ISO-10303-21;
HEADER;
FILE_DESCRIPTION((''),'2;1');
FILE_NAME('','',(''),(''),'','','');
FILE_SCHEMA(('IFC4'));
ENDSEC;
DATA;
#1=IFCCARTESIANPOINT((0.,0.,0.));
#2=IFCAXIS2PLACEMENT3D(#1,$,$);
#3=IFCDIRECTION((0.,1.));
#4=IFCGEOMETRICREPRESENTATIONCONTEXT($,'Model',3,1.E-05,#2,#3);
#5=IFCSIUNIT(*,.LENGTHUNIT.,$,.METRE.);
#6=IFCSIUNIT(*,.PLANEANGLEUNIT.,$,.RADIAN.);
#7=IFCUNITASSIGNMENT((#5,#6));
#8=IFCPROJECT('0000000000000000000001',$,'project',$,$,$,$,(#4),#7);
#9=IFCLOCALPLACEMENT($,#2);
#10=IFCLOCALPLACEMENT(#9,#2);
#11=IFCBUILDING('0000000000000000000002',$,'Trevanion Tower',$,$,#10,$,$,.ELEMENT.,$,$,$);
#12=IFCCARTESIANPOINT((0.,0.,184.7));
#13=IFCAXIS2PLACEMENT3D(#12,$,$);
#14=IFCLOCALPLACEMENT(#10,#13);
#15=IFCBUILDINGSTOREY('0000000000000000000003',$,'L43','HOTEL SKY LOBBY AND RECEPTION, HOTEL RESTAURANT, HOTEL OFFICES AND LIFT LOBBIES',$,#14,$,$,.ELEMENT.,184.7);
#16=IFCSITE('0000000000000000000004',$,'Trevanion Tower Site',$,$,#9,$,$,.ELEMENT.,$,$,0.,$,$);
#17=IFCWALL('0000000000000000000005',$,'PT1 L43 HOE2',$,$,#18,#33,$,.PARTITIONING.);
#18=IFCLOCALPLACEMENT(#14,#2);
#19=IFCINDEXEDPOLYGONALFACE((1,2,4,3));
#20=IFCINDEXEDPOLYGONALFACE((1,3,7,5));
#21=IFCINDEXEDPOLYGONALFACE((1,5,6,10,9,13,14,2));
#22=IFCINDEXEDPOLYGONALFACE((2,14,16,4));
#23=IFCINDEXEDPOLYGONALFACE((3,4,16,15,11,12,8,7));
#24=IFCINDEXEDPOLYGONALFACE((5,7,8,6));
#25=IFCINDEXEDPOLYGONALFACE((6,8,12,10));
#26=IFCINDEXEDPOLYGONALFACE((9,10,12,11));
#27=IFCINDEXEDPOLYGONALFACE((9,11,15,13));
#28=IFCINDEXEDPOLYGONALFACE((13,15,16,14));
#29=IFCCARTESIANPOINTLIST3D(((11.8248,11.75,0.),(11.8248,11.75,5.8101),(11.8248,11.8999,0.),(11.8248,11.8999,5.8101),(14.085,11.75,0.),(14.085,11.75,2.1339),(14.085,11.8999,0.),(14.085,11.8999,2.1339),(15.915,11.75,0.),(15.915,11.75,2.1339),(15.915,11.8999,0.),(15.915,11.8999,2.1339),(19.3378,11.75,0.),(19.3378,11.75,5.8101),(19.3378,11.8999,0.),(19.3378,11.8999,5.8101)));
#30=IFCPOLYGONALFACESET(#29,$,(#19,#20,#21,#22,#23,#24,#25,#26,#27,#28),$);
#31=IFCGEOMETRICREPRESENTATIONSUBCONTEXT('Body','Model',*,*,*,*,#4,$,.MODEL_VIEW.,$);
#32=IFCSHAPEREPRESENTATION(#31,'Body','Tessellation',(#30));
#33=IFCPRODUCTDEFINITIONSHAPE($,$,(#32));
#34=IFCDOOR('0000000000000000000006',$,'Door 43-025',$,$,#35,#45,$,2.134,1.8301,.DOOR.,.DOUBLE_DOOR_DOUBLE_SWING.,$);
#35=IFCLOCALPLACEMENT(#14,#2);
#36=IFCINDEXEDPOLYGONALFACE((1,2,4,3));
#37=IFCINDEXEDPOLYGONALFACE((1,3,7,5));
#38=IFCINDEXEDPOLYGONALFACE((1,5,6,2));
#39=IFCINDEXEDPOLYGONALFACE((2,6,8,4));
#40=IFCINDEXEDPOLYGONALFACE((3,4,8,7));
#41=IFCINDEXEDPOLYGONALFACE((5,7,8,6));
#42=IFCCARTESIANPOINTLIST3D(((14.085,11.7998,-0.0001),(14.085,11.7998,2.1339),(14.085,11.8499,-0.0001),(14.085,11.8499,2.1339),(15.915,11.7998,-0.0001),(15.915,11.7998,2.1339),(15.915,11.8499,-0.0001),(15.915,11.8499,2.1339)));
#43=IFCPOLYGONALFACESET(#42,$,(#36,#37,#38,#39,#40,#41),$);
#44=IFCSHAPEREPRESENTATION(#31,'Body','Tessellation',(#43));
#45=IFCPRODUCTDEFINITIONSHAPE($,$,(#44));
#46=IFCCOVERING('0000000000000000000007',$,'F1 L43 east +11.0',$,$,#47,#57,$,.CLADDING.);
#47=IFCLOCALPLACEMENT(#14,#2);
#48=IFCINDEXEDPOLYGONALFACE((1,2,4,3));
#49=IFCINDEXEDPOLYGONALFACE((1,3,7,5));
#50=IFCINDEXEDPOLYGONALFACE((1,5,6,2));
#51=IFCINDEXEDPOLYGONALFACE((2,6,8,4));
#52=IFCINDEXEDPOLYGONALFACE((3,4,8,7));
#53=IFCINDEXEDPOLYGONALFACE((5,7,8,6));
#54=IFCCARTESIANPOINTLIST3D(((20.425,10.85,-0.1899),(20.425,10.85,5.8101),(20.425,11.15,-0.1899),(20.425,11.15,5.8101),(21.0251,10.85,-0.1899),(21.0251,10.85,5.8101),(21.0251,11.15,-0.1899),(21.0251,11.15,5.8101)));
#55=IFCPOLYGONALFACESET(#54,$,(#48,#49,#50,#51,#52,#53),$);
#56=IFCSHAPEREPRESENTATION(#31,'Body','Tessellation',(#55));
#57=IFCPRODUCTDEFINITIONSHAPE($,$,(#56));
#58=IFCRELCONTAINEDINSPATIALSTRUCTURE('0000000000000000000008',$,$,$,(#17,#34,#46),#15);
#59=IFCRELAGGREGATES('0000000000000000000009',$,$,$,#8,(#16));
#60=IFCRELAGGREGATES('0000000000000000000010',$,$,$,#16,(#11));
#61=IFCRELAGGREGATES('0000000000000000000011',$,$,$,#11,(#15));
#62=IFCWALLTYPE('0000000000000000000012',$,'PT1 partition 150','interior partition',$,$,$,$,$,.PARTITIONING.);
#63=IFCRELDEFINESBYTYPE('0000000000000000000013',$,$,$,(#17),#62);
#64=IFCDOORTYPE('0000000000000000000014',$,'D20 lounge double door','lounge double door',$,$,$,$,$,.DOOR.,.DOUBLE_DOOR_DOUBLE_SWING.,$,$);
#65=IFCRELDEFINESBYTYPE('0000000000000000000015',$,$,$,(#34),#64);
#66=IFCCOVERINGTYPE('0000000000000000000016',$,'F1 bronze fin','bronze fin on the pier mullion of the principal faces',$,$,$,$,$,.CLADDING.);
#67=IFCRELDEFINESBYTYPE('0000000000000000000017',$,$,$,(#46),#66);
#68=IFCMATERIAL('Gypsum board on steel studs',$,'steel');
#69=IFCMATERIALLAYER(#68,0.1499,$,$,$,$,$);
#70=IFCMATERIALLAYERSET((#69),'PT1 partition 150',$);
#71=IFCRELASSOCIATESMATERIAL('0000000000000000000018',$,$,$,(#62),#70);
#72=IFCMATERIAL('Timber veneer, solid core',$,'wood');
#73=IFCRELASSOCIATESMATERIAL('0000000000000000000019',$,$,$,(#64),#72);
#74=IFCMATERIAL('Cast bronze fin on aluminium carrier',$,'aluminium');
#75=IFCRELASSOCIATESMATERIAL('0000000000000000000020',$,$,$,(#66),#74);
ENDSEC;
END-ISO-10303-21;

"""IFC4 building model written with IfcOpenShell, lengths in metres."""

from ifc_helpers import new_model, si_unit, direction, frame, frame_2d, origin, origin_2d, place, context, subcontext, project, spatial, rectangle, extrude, material, layer, layer_set, type_object, element, fill, save


model = new_model("IFC4")

# Units and contexts
model_context = context("Model", 3, precision=1e-05, world=origin(), true_north=direction((0.0, 1.0)))
body_context = subcontext(model_context, "Body", "Model", "MODEL_VIEW")
ifc_project = project(units=[si_unit("LENGTHUNIT", "METRE"), si_unit("PLANEANGLEUNIT", "RADIAN")], contexts=[model_context])

# Site, building, storey
site_placement = place(None, origin())
site = spatial("IfcSite", under=ifc_project, at=site_placement, Name="Trevanion Tower Site", CompositionType="ELEMENT", RefElevation=0.0)
building_placement = place(site_placement, origin())
building = spatial("IfcBuilding", under=site, at=building_placement, Name="Trevanion Tower", CompositionType="ELEMENT")
storey_placement = place(building_placement, frame((0.0, 0.0, 184.7)))
storey = spatial("IfcBuildingStorey", under=building, at=storey_placement, Name="L43", Description="HOTEL SKY LOBBY AND RECEPTION, HOTEL RESTAURANT, HOTEL OFFICES AND LIFT LOBBIES", CompositionType="ELEMENT", Elevation=184.7)

# Wall, opening, door
ifc_material_1 = material(Name="Gypsum board on steel studs", Category="steel")
ifc_layer_1 = layer(ifc_material_1, 0.1499)
ifc_layer_set_1 = layer_set([ifc_layer_1], Name="PT1 partition 150")
wall_type_1 = type_object("IfcWallType", Name="PT1 partition 150", Description="interior partition", PredefinedType="PARTITIONING", material=ifc_layer_set_1)
wall_1_placement = place(storey_placement, frame((11.825, 11.825, 0.0), z_axis=(0.0, 0.0, 1.0), x_axis=(1.0, 0.0, 0.0)))
wall_1 = element("IfcWall", 1, at=wall_1_placement, inside=storey, type_object=wall_type_1, Name="PT1 L43 HOE2", PredefinedType="PARTITIONING", context=body_context, shape_type="SweptSolid", body=[
    extrude(rectangle(XDim=7.5129, YDim=0.1499, at=frame_2d((3.7563, 0.0))), origin(), (0.0, 0.0, 1.0), 5.8101),
])
opening_placement = place(wall_1_placement, frame((2.26, 0.0, 0.0)))
opening = element("IfcOpeningElement", 2, at=opening_placement, cuts=wall_1, PredefinedType="OPENING", context=body_context, shape_type="SweptSolid", body=[
    extrude(rectangle(XDim=1.8301, YDim=2.134, at=frame_2d((0.915, 1.0669))), frame((0.0, 0.085, 0.0), z_axis=(0.0, -1.0, 0.0), x_axis=(1.0, 0.0, 0.0)), (0.0, 0.0, 1.0), 0.1699),
])
ifc_material_2 = material(Name="Timber veneer, solid core", Category="wood")
door_type = type_object("IfcDoorType", Name="D20 lounge double door", Description="lounge double door", OperationType="DOUBLE_DOOR_DOUBLE_SWING", PredefinedType="DOOR", material=ifc_material_2)
door_placement = place(opening_placement, origin())
door = element("IfcDoor", 3, at=door_placement, inside=storey, type_object=door_type, Name="Door 43-025", OperationType="DOUBLE_DOOR_DOUBLE_SWING", OverallHeight=2.134, OverallWidth=1.8301, PredefinedType="DOOR", context=body_context, shape_type="SweptSolid", body=[
    extrude(rectangle(XDim=1.8301, YDim=2.134, at=frame_2d((0.915, 1.0669))), frame((0.0, 0.0249, 0.0), z_axis=(0.0, -1.0, 0.0), x_axis=(1.0, 0.0, 0.0)), (0.0, 0.0, 1.0), 0.05),
])
fill(opening, door)

# Covering
ifc_material_3 = material(Name="Cast bronze fin on aluminium carrier", Category="aluminium")
covering_type = type_object("IfcCoveringType", Name="F1 bronze fin", Description="bronze fin on the pier mullion of the principal faces", PredefinedType="CLADDING", material=ifc_material_3)
covering_placement = place(storey_placement, frame((20.7251, 11.0, -0.1899), z_axis=(0.0, 0.0, 1.0), x_axis=(0.0, 1.0, 0.0)))
element("IfcCovering", 4, at=covering_placement, inside=storey, type_object=covering_type, Name="F1 L43 east +11.0", PredefinedType="CLADDING", context=body_context, shape_type="SweptSolid", body=[
    extrude(rectangle(XDim=0.3, YDim=0.6001, at=origin_2d()), origin(), (0.0, 0.0, 1.0), 6.0),
])

save(model, "model.ifc")
